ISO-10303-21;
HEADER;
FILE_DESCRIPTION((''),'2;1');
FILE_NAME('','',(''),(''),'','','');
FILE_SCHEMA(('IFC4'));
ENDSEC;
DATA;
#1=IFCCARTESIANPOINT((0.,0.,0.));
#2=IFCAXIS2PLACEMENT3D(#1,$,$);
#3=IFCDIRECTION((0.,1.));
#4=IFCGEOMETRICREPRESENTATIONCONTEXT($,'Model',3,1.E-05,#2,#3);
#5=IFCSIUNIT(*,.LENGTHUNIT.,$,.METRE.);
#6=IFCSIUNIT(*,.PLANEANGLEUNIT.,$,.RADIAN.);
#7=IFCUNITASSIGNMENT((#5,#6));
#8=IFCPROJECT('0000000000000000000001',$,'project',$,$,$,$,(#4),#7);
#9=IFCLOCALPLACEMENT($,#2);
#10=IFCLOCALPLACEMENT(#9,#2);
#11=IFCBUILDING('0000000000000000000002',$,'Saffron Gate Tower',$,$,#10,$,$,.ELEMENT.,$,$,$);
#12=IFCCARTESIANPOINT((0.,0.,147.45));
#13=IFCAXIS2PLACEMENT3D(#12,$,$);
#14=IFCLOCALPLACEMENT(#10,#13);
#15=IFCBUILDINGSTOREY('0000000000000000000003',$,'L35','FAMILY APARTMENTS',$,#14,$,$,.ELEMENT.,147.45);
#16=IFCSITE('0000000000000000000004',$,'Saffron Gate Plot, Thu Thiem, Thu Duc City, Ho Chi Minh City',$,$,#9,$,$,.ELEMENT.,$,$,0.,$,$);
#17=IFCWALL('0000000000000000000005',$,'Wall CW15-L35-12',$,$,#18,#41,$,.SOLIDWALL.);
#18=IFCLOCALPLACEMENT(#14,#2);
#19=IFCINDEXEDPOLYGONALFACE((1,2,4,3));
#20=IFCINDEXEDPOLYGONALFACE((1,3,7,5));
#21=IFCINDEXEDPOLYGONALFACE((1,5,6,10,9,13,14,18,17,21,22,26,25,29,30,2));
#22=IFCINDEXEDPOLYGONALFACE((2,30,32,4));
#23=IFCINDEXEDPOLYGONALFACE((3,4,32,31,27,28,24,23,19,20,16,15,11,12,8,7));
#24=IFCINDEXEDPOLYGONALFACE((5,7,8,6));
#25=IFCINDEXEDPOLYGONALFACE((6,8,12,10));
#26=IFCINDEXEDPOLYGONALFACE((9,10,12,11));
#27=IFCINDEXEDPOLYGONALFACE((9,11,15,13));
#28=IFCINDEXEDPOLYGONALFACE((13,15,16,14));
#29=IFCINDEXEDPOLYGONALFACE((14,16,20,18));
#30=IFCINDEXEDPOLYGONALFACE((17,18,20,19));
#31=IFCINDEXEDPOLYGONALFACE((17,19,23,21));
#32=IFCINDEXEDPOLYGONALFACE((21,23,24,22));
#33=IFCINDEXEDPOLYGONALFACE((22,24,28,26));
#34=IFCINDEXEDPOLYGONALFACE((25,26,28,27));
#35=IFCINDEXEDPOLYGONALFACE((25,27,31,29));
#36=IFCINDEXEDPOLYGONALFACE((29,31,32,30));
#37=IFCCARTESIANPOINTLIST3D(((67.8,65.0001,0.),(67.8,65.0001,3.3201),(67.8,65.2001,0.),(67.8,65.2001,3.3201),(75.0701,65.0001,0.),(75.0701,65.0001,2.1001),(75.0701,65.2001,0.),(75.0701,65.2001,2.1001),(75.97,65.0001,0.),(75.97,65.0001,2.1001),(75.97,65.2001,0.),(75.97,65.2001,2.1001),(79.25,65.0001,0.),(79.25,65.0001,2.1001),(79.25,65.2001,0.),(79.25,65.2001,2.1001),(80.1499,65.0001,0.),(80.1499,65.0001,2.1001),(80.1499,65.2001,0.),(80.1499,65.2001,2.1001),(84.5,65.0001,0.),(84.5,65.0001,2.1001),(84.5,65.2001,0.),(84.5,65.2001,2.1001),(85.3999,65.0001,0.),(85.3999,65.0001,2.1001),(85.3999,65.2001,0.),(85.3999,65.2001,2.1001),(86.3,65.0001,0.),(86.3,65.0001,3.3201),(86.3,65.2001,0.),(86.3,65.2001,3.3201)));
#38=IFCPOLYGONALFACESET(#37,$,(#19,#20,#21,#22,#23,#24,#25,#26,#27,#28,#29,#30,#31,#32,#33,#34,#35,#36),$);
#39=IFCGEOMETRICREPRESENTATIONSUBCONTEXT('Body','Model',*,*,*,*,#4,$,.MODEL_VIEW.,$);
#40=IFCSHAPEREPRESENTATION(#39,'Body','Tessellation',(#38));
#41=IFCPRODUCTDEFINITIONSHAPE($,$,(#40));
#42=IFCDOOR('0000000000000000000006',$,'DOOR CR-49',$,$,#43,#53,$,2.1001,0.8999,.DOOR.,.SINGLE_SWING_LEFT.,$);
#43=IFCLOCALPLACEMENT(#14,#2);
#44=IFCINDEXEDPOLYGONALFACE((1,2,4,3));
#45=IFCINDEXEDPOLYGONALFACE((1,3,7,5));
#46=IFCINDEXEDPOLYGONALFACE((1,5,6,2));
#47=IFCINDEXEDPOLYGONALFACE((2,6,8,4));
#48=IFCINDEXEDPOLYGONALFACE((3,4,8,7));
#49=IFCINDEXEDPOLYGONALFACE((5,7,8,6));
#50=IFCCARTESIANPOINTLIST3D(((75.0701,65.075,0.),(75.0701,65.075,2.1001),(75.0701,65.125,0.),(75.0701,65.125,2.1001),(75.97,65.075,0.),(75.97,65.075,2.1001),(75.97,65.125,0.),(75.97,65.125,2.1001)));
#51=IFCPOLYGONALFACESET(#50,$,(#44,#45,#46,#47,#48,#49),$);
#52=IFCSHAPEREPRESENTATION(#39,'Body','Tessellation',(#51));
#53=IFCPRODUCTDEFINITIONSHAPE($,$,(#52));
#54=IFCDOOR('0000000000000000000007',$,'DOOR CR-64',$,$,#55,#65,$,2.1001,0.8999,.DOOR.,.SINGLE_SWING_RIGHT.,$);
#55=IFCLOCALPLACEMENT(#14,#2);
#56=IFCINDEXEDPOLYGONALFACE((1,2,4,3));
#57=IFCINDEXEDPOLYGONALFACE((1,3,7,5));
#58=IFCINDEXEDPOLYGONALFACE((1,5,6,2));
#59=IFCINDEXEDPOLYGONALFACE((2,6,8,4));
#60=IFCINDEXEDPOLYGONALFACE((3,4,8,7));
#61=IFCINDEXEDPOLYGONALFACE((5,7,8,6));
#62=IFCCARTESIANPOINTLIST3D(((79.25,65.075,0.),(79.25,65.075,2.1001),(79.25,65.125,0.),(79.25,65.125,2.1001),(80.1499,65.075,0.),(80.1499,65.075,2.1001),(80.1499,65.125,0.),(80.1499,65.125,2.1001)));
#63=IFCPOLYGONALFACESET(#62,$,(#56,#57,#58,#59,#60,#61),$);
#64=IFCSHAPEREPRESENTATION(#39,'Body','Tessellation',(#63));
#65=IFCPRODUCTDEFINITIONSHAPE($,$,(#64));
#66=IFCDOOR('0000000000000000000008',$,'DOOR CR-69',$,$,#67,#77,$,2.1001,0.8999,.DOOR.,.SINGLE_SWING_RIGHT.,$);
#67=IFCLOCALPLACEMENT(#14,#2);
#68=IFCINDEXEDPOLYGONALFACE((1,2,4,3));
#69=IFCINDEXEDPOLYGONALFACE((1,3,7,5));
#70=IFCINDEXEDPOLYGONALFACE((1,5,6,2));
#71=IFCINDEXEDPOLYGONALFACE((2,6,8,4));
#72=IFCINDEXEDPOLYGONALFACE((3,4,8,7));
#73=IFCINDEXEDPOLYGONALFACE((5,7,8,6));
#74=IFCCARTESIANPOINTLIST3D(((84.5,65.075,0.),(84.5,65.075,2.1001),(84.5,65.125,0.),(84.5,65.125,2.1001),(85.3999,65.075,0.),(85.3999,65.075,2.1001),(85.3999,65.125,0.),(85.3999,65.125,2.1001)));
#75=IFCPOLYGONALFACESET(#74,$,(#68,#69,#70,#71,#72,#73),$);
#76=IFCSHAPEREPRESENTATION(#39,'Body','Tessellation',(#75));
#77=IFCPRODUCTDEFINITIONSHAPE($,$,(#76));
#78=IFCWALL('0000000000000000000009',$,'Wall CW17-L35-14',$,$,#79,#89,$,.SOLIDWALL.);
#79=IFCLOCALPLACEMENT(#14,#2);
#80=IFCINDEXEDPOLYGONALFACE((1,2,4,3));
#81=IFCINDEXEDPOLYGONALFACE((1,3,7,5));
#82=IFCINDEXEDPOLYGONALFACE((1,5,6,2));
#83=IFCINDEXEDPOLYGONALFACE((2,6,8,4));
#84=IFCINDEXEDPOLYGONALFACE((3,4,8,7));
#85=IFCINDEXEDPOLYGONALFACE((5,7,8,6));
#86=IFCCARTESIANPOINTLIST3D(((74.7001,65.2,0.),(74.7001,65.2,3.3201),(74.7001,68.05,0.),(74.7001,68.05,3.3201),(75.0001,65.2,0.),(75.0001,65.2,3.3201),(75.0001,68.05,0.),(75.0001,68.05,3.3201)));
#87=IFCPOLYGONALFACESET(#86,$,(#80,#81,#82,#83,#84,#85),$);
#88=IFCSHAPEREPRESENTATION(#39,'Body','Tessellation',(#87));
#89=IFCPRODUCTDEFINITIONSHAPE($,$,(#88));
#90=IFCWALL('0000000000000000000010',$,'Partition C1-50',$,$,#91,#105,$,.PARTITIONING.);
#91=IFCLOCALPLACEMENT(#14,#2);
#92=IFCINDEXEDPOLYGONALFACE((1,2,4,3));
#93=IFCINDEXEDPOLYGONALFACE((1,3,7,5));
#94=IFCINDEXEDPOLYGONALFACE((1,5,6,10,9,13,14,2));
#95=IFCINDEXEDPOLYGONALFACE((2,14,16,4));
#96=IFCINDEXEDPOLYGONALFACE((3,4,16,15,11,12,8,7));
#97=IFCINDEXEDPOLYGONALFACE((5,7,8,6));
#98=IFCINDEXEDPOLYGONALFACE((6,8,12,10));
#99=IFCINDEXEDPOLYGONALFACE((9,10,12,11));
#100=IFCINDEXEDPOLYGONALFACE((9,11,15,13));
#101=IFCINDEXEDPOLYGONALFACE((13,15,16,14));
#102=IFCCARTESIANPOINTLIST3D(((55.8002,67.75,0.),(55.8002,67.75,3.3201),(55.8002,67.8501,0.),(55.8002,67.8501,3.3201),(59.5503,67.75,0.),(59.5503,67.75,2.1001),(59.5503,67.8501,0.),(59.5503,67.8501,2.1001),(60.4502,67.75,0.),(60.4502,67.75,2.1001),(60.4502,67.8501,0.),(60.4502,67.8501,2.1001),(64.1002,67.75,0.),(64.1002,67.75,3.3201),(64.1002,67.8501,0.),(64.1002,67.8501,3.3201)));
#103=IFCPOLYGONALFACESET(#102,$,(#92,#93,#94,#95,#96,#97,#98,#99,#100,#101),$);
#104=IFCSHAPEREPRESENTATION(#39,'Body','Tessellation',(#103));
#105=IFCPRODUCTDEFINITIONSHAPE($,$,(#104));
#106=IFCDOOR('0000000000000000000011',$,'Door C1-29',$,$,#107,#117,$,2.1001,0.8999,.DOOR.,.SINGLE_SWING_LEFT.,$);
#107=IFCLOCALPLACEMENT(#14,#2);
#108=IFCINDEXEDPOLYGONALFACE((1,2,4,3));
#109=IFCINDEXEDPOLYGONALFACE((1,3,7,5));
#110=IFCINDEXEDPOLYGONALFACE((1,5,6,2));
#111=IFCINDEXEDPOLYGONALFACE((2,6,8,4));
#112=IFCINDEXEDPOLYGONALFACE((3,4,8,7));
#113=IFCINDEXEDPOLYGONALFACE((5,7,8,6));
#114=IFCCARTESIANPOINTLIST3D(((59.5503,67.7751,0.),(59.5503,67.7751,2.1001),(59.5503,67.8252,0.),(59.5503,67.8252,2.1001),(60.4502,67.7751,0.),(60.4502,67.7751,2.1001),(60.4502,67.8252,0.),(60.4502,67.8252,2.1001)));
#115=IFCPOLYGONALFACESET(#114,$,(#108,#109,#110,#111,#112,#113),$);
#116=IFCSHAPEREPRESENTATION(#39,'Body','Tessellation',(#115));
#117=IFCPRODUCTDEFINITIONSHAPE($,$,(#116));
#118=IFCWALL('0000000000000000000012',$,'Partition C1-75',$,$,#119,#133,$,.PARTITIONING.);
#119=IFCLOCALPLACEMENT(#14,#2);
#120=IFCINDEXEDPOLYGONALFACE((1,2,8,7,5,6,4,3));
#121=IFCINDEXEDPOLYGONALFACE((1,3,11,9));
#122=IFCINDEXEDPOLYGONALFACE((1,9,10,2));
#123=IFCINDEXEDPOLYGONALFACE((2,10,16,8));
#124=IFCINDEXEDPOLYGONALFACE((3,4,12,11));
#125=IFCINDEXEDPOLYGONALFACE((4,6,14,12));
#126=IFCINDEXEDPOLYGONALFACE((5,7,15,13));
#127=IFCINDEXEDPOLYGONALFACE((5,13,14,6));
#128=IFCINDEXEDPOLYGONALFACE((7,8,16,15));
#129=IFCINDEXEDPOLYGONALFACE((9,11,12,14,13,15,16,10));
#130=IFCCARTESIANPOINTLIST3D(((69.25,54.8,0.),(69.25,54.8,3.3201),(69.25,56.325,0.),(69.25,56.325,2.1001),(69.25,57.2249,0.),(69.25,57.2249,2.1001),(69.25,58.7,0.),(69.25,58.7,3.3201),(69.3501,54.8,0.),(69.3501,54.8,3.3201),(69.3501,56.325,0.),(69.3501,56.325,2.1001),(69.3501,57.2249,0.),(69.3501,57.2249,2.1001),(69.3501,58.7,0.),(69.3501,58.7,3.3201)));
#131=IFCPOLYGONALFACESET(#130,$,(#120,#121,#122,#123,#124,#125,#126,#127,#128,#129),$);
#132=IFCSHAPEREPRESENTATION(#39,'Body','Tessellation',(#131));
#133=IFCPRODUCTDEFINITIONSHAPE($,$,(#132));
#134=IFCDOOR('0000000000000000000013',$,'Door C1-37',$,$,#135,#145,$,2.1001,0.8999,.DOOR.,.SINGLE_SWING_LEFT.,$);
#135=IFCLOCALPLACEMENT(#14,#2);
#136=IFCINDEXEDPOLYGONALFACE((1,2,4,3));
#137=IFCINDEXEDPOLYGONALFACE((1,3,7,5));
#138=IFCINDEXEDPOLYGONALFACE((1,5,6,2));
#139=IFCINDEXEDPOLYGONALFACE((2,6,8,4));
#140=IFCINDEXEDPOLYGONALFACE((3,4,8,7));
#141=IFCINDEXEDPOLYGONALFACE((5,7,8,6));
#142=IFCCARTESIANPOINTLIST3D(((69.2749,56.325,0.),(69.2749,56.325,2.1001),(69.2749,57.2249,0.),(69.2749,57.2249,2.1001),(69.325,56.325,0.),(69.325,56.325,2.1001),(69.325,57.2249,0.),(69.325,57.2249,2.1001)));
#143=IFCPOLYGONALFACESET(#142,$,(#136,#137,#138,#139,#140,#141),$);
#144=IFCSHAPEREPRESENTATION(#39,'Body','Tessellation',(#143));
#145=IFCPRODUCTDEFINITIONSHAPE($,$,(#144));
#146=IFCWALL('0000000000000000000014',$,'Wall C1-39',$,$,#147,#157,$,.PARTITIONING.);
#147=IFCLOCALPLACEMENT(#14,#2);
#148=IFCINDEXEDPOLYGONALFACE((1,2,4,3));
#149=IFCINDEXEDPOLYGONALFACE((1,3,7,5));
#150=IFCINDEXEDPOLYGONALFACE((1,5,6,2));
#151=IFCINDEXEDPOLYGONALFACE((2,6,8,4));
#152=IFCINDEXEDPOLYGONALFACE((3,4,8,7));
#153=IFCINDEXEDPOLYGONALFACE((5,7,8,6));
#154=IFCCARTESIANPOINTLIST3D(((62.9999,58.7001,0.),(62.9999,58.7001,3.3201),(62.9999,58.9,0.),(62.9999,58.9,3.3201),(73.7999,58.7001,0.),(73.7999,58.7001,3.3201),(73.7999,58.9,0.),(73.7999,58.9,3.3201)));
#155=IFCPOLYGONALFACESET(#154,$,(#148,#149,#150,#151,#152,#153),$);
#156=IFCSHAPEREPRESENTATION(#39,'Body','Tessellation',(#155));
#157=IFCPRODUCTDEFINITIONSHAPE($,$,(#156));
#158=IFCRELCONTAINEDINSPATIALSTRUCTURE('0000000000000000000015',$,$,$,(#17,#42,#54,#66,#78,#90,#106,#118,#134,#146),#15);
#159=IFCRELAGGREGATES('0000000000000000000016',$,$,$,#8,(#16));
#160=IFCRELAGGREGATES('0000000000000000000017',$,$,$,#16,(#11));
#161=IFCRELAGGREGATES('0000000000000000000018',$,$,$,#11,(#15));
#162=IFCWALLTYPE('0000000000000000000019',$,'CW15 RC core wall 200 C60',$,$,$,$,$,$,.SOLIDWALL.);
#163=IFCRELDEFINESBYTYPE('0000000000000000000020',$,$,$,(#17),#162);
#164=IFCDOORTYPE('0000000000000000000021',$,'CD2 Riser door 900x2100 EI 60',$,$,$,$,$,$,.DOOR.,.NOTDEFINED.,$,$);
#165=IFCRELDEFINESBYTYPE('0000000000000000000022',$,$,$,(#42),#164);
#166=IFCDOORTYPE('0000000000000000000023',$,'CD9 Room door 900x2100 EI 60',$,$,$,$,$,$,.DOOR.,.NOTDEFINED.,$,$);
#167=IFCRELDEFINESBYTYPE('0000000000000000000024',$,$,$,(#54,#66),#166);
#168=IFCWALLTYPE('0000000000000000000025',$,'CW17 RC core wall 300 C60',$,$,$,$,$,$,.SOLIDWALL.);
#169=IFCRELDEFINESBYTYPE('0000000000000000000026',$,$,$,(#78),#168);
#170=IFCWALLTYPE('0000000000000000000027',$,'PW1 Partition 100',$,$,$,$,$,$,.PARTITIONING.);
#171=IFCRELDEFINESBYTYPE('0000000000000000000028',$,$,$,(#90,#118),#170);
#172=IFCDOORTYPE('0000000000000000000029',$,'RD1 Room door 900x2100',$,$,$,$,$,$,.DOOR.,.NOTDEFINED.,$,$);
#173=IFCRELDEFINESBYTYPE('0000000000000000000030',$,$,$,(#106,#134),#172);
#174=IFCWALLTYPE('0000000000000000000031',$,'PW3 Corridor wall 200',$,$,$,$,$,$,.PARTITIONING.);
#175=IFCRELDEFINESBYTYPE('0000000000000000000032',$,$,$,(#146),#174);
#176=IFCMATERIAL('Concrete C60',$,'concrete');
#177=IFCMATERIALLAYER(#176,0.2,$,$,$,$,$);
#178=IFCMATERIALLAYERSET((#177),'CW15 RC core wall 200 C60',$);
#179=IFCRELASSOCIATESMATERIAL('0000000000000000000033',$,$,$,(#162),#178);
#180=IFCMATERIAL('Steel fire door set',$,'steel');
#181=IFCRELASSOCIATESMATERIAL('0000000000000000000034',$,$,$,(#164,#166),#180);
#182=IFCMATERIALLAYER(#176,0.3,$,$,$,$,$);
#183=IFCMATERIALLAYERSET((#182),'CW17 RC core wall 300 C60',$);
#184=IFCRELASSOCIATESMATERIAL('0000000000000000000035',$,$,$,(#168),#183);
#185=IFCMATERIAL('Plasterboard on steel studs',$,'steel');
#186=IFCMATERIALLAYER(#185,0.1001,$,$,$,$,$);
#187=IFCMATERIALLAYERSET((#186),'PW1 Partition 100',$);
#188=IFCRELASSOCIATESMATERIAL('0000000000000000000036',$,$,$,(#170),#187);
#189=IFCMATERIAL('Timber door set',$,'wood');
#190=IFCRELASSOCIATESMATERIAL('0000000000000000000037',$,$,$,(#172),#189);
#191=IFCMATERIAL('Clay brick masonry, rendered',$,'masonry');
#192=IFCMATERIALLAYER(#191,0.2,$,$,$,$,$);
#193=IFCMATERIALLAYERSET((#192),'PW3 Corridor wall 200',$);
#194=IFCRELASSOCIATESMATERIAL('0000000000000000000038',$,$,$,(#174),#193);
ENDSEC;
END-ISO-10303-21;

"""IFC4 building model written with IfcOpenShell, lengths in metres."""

from ifc_helpers import new_model, si_unit, direction, frame, frame_2d, origin, place, context, subcontext, project, spatial, rectangle, extrude, material, layer, layer_set, type_object, element, fill, save


model = new_model("IFC4")

# Units and contexts
model_context = context("Model", 3, precision=1e-05, world=origin(), true_north=direction((0.0, 1.0)))
body_context = subcontext(model_context, "Body", "Model", "MODEL_VIEW")
ifc_project = project(units=[si_unit("LENGTHUNIT", "METRE"), si_unit("PLANEANGLEUNIT", "RADIAN")], contexts=[model_context])

# Site, building, storey
site_placement = place(None, origin())
site = spatial("IfcSite", under=ifc_project, at=site_placement, Name="Saffron Gate Plot, Thu Thiem, Thu Duc City, Ho Chi Minh City", CompositionType="ELEMENT", RefElevation=0.0)
building_placement = place(site_placement, origin())
building = spatial("IfcBuilding", under=site, at=building_placement, Name="Saffron Gate Tower", CompositionType="ELEMENT")
storey_placement = place(building_placement, frame((0.0, 0.0, 147.45)))
storey = spatial("IfcBuildingStorey", under=building, at=storey_placement, Name="L35", Description="FAMILY APARTMENTS", CompositionType="ELEMENT", Elevation=147.45)

# Shared definitions
ifc_material_1 = material(Name="Concrete C60", Category="concrete")
ifc_material_2 = material(Name="Steel fire door set", Category="steel")

# Wall, openings, doors
ifc_layer_1 = layer(ifc_material_1, 0.2)
ifc_layer_set_1 = layer_set([ifc_layer_1], Name="CW15 RC core wall 200 C60")
wall_type_1 = type_object("IfcWallType", Name="CW15 RC core wall 200 C60", PredefinedType="SOLIDWALL", material=ifc_layer_set_1)
wall_1_placement = place(storey_placement, frame((67.8, 65.1001, 0.0), z_axis=(0.0, 0.0, 1.0), x_axis=(1.0, 0.0, 0.0)))
wall_1 = element("IfcWall", 1, at=wall_1_placement, inside=storey, type_object=wall_type_1, Name="Wall CW15-L35-12", PredefinedType="SOLIDWALL", context=body_context, shape_type="SweptSolid", body=[
    extrude(rectangle(XDim=18.5, YDim=0.2, at=frame_2d((9.25, 0.0))), origin(), (0.0, 0.0, 1.0), 3.3201),
])
opening_1_placement = place(wall_1_placement, frame((7.27, 0.0, 0.0)))
opening_1 = element("IfcOpeningElement", 2, at=opening_1_placement, cuts=wall_1, PredefinedType="OPENING", context=body_context, shape_type="SweptSolid", body=[
    extrude(rectangle(XDim=0.8999, YDim=2.1001, at=frame_2d((0.45, 1.05))), frame((0.0, 0.1099, 0.0), z_axis=(0.0, -1.0, 0.0), x_axis=(1.0, 0.0, 0.0)), (0.0, 0.0, 1.0), 0.22),
])
opening_2_placement = place(wall_1_placement, frame((11.45, 0.0, 0.0)))
opening_2 = element("IfcOpeningElement", 3, at=opening_2_placement, cuts=wall_1, PredefinedType="OPENING", context=body_context, shape_type="SweptSolid", body=[
    extrude(rectangle(XDim=0.8999, YDim=2.1001, at=frame_2d((0.45, 1.05))), frame((0.0, 0.1099, 0.0), z_axis=(0.0, -1.0, 0.0), x_axis=(1.0, 0.0, 0.0)), (0.0, 0.0, 1.0), 0.22),
])
opening_3_placement = place(wall_1_placement, frame((16.7, 0.0, 0.0)))
opening_3 = element("IfcOpeningElement", 4, at=opening_3_placement, cuts=wall_1, PredefinedType="OPENING", context=body_context, shape_type="SweptSolid", body=[
    extrude(rectangle(XDim=0.8999, YDim=2.1001, at=frame_2d((0.45, 1.05))), frame((0.0, 0.1099, 0.0), z_axis=(0.0, -1.0, 0.0), x_axis=(1.0, 0.0, 0.0)), (0.0, 0.0, 1.0), 0.22),
])
door_type_1 = type_object("IfcDoorType", Name="CD2 Riser door 900x2100 EI 60", OperationType="NOTDEFINED", PredefinedType="DOOR", material=ifc_material_2)
door_1_placement = place(opening_1_placement, origin())
door_1 = element("IfcDoor", 5, at=door_1_placement, inside=storey, type_object=door_type_1, Name="DOOR CR-49", OperationType="SINGLE_SWING_LEFT", OverallHeight=2.1001, OverallWidth=0.8999, PredefinedType="DOOR", context=body_context, shape_type="SweptSolid", body=[
    extrude(rectangle(XDim=0.8999, YDim=2.1001, at=frame_2d((0.45, 1.05))), frame((0.0, 0.0249, 0.0), z_axis=(0.0, -1.0, 0.0), x_axis=(1.0, 0.0, 0.0)), (0.0, 0.0, 1.0), 0.05),
])
fill(opening_1, door_1)
door_type_2 = type_object("IfcDoorType", Name="CD9 Room door 900x2100 EI 60", OperationType="NOTDEFINED", PredefinedType="DOOR", material=ifc_material_2)
door_2_placement = place(opening_2_placement, origin())
door_2 = element("IfcDoor", 6, at=door_2_placement, inside=storey, type_object=door_type_2, Name="DOOR CR-64", OperationType="SINGLE_SWING_RIGHT", OverallHeight=2.1001, OverallWidth=0.8999, PredefinedType="DOOR", context=body_context, shape_type="SweptSolid", body=[
    extrude(rectangle(XDim=0.8999, YDim=2.1001, at=frame_2d((0.45, 1.05))), frame((0.0, 0.0249, 0.0), z_axis=(0.0, -1.0, 0.0), x_axis=(1.0, 0.0, 0.0)), (0.0, 0.0, 1.0), 0.05),
])
fill(opening_2, door_2)
door_3_placement = place(opening_3_placement, origin())
door_3 = element("IfcDoor", 7, at=door_3_placement, inside=storey, type_object=door_type_2, Name="DOOR CR-69", OperationType="SINGLE_SWING_RIGHT", OverallHeight=2.1001, OverallWidth=0.8999, PredefinedType="DOOR", context=body_context, shape_type="SweptSolid", body=[
    extrude(rectangle(XDim=0.8999, YDim=2.1001, at=frame_2d((0.45, 1.05))), frame((0.0, 0.0249, 0.0), z_axis=(0.0, -1.0, 0.0), x_axis=(1.0, 0.0, 0.0)), (0.0, 0.0, 1.0), 0.05),
])
fill(opening_3, door_3)

# Wall
ifc_layer_2 = layer(ifc_material_1, 0.3)
ifc_layer_set_2 = layer_set([ifc_layer_2], Name="CW17 RC core wall 300 C60")
wall_type_2 = type_object("IfcWallType", Name="CW17 RC core wall 300 C60", PredefinedType="SOLIDWALL", material=ifc_layer_set_2)
wall_2_placement = place(storey_placement, frame((74.8501, 65.2, 0.0), z_axis=(0.0, 0.0, 1.0), x_axis=(0.0, 1.0, 0.0)))
element("IfcWall", 8, at=wall_2_placement, inside=storey, type_object=wall_type_2, Name="Wall CW17-L35-14", PredefinedType="SOLIDWALL", context=body_context, shape_type="SweptSolid", body=[
    extrude(rectangle(XDim=2.8501, YDim=0.3, at=frame_2d((1.425, 0.0))), origin(), (0.0, 0.0, 1.0), 3.3201),
])

# Walls, openings, doors
ifc_material_3 = material(Name="Plasterboard on steel studs", Category="steel")
ifc_layer_3 = layer(ifc_material_3, 0.1001)
ifc_layer_set_3 = layer_set([ifc_layer_3], Name="PW1 Partition 100")
wall_type_3 = type_object("IfcWallType", Name="PW1 Partition 100", PredefinedType="PARTITIONING", material=ifc_layer_set_3)
wall_3_placement = place(storey_placement, frame((64.1001, 67.8, 0.0), z_axis=(0.0, 0.0, 1.0), x_axis=(-1.0, 0.0, 0.0)))
wall_3 = element("IfcWall", 9, at=wall_3_placement, inside=storey, type_object=wall_type_3, Name="Partition C1-50", PredefinedType="PARTITIONING", context=body_context, shape_type="SweptSolid", body=[
    extrude(rectangle(XDim=8.3, YDim=0.1001, at=frame_2d((4.1499, 0.0))), origin(), (0.0, 0.0, 1.0), 3.3201),
])
opening_4_placement = place(wall_3_placement, frame((3.6499, 0.0, 0.0)))
opening_4 = element("IfcOpeningElement", 10, at=opening_4_placement, cuts=wall_3, PredefinedType="OPENING", context=body_context, shape_type="SweptSolid", body=[
    extrude(rectangle(XDim=0.8999, YDim=2.1001, at=frame_2d((0.45, 1.05))), frame((0.0, 0.0601, 0.0), z_axis=(0.0, -1.0, 0.0), x_axis=(1.0, 0.0, 0.0)), (0.0, 0.0, 1.0), 0.1201),
])
ifc_material_4 = material(Name="Timber door set", Category="wood")
door_type_3 = type_object("IfcDoorType", Name="RD1 Room door 900x2100", OperationType="NOTDEFINED", PredefinedType="DOOR", material=ifc_material_4)
door_4_placement = place(opening_4_placement, origin())
door_4 = element("IfcDoor", 11, at=door_4_placement, inside=storey, type_object=door_type_3, Name="Door C1-29", OperationType="SINGLE_SWING_LEFT", OverallHeight=2.1001, OverallWidth=0.8999, PredefinedType="DOOR", context=body_context, shape_type="SweptSolid", body=[
    extrude(rectangle(XDim=0.8999, YDim=2.1001, at=frame_2d((0.45, 1.05))), frame((0.0, 0.0249, 0.0), z_axis=(0.0, -1.0, 0.0), x_axis=(1.0, 0.0, 0.0)), (0.0, 0.0, 1.0), 0.05),
])
fill(opening_4, door_4)
wall_4_placement = place(storey_placement, frame((69.3, 58.7, 0.0), z_axis=(0.0, 0.0, 1.0), x_axis=(0.0, -1.0, 0.0)))
wall_4 = element("IfcWall", 12, at=wall_4_placement, inside=storey, type_object=wall_type_3, Name="Partition C1-75", PredefinedType="PARTITIONING", context=body_context, shape_type="SweptSolid", body=[
    extrude(rectangle(XDim=3.8999, YDim=0.1001, at=frame_2d((1.95, 0.0))), origin(), (0.0, 0.0, 1.0), 3.3201),
])
opening_5_placement = place(wall_4_placement, frame((1.4751, 0.0, 0.0)))
opening_5 = element("IfcOpeningElement", 13, at=opening_5_placement, cuts=wall_4, PredefinedType="OPENING", context=body_context, shape_type="SweptSolid", body=[
    extrude(rectangle(XDim=0.8999, YDim=2.1001, at=frame_2d((0.45, 1.05))), frame((0.0, 0.0601, 0.0), z_axis=(0.0, -1.0, 0.0), x_axis=(1.0, 0.0, 0.0)), (0.0, 0.0, 1.0), 0.1201),
])
door_5_placement = place(opening_5_placement, origin())
door_5 = element("IfcDoor", 14, at=door_5_placement, inside=storey, type_object=door_type_3, Name="Door C1-37", OperationType="SINGLE_SWING_LEFT", OverallHeight=2.1001, OverallWidth=0.8999, PredefinedType="DOOR", context=body_context, shape_type="SweptSolid", body=[
    extrude(rectangle(XDim=0.8999, YDim=2.1001, at=frame_2d((0.45, 1.05))), frame((0.0, 0.0249, 0.0), z_axis=(0.0, -1.0, 0.0), x_axis=(1.0, 0.0, 0.0)), (0.0, 0.0, 1.0), 0.05),
])
fill(opening_5, door_5)

# Wall
ifc_material_5 = material(Name="Clay brick masonry, rendered", Category="masonry")
ifc_layer_4 = layer(ifc_material_5, 0.2)
ifc_layer_set_4 = layer_set([ifc_layer_4], Name="PW3 Corridor wall 200")
wall_type_4 = type_object("IfcWallType", Name="PW3 Corridor wall 200", PredefinedType="PARTITIONING", material=ifc_layer_set_4)
wall_5_placement = place(storey_placement, frame((63.0, 58.8, 0.0), z_axis=(0.0, 0.0, 1.0), x_axis=(1.0, 0.0, 0.0)))
element("IfcWall", 15, at=wall_5_placement, inside=storey, type_object=wall_type_4, Name="Wall C1-39", PredefinedType="PARTITIONING", context=body_context, shape_type="SweptSolid", body=[
    extrude(rectangle(XDim=10.8, YDim=0.2, at=frame_2d((5.3999, 0.0))), origin(), (0.0, 0.0, 1.0), 3.3201),
])

save(model, "model.ifc")
